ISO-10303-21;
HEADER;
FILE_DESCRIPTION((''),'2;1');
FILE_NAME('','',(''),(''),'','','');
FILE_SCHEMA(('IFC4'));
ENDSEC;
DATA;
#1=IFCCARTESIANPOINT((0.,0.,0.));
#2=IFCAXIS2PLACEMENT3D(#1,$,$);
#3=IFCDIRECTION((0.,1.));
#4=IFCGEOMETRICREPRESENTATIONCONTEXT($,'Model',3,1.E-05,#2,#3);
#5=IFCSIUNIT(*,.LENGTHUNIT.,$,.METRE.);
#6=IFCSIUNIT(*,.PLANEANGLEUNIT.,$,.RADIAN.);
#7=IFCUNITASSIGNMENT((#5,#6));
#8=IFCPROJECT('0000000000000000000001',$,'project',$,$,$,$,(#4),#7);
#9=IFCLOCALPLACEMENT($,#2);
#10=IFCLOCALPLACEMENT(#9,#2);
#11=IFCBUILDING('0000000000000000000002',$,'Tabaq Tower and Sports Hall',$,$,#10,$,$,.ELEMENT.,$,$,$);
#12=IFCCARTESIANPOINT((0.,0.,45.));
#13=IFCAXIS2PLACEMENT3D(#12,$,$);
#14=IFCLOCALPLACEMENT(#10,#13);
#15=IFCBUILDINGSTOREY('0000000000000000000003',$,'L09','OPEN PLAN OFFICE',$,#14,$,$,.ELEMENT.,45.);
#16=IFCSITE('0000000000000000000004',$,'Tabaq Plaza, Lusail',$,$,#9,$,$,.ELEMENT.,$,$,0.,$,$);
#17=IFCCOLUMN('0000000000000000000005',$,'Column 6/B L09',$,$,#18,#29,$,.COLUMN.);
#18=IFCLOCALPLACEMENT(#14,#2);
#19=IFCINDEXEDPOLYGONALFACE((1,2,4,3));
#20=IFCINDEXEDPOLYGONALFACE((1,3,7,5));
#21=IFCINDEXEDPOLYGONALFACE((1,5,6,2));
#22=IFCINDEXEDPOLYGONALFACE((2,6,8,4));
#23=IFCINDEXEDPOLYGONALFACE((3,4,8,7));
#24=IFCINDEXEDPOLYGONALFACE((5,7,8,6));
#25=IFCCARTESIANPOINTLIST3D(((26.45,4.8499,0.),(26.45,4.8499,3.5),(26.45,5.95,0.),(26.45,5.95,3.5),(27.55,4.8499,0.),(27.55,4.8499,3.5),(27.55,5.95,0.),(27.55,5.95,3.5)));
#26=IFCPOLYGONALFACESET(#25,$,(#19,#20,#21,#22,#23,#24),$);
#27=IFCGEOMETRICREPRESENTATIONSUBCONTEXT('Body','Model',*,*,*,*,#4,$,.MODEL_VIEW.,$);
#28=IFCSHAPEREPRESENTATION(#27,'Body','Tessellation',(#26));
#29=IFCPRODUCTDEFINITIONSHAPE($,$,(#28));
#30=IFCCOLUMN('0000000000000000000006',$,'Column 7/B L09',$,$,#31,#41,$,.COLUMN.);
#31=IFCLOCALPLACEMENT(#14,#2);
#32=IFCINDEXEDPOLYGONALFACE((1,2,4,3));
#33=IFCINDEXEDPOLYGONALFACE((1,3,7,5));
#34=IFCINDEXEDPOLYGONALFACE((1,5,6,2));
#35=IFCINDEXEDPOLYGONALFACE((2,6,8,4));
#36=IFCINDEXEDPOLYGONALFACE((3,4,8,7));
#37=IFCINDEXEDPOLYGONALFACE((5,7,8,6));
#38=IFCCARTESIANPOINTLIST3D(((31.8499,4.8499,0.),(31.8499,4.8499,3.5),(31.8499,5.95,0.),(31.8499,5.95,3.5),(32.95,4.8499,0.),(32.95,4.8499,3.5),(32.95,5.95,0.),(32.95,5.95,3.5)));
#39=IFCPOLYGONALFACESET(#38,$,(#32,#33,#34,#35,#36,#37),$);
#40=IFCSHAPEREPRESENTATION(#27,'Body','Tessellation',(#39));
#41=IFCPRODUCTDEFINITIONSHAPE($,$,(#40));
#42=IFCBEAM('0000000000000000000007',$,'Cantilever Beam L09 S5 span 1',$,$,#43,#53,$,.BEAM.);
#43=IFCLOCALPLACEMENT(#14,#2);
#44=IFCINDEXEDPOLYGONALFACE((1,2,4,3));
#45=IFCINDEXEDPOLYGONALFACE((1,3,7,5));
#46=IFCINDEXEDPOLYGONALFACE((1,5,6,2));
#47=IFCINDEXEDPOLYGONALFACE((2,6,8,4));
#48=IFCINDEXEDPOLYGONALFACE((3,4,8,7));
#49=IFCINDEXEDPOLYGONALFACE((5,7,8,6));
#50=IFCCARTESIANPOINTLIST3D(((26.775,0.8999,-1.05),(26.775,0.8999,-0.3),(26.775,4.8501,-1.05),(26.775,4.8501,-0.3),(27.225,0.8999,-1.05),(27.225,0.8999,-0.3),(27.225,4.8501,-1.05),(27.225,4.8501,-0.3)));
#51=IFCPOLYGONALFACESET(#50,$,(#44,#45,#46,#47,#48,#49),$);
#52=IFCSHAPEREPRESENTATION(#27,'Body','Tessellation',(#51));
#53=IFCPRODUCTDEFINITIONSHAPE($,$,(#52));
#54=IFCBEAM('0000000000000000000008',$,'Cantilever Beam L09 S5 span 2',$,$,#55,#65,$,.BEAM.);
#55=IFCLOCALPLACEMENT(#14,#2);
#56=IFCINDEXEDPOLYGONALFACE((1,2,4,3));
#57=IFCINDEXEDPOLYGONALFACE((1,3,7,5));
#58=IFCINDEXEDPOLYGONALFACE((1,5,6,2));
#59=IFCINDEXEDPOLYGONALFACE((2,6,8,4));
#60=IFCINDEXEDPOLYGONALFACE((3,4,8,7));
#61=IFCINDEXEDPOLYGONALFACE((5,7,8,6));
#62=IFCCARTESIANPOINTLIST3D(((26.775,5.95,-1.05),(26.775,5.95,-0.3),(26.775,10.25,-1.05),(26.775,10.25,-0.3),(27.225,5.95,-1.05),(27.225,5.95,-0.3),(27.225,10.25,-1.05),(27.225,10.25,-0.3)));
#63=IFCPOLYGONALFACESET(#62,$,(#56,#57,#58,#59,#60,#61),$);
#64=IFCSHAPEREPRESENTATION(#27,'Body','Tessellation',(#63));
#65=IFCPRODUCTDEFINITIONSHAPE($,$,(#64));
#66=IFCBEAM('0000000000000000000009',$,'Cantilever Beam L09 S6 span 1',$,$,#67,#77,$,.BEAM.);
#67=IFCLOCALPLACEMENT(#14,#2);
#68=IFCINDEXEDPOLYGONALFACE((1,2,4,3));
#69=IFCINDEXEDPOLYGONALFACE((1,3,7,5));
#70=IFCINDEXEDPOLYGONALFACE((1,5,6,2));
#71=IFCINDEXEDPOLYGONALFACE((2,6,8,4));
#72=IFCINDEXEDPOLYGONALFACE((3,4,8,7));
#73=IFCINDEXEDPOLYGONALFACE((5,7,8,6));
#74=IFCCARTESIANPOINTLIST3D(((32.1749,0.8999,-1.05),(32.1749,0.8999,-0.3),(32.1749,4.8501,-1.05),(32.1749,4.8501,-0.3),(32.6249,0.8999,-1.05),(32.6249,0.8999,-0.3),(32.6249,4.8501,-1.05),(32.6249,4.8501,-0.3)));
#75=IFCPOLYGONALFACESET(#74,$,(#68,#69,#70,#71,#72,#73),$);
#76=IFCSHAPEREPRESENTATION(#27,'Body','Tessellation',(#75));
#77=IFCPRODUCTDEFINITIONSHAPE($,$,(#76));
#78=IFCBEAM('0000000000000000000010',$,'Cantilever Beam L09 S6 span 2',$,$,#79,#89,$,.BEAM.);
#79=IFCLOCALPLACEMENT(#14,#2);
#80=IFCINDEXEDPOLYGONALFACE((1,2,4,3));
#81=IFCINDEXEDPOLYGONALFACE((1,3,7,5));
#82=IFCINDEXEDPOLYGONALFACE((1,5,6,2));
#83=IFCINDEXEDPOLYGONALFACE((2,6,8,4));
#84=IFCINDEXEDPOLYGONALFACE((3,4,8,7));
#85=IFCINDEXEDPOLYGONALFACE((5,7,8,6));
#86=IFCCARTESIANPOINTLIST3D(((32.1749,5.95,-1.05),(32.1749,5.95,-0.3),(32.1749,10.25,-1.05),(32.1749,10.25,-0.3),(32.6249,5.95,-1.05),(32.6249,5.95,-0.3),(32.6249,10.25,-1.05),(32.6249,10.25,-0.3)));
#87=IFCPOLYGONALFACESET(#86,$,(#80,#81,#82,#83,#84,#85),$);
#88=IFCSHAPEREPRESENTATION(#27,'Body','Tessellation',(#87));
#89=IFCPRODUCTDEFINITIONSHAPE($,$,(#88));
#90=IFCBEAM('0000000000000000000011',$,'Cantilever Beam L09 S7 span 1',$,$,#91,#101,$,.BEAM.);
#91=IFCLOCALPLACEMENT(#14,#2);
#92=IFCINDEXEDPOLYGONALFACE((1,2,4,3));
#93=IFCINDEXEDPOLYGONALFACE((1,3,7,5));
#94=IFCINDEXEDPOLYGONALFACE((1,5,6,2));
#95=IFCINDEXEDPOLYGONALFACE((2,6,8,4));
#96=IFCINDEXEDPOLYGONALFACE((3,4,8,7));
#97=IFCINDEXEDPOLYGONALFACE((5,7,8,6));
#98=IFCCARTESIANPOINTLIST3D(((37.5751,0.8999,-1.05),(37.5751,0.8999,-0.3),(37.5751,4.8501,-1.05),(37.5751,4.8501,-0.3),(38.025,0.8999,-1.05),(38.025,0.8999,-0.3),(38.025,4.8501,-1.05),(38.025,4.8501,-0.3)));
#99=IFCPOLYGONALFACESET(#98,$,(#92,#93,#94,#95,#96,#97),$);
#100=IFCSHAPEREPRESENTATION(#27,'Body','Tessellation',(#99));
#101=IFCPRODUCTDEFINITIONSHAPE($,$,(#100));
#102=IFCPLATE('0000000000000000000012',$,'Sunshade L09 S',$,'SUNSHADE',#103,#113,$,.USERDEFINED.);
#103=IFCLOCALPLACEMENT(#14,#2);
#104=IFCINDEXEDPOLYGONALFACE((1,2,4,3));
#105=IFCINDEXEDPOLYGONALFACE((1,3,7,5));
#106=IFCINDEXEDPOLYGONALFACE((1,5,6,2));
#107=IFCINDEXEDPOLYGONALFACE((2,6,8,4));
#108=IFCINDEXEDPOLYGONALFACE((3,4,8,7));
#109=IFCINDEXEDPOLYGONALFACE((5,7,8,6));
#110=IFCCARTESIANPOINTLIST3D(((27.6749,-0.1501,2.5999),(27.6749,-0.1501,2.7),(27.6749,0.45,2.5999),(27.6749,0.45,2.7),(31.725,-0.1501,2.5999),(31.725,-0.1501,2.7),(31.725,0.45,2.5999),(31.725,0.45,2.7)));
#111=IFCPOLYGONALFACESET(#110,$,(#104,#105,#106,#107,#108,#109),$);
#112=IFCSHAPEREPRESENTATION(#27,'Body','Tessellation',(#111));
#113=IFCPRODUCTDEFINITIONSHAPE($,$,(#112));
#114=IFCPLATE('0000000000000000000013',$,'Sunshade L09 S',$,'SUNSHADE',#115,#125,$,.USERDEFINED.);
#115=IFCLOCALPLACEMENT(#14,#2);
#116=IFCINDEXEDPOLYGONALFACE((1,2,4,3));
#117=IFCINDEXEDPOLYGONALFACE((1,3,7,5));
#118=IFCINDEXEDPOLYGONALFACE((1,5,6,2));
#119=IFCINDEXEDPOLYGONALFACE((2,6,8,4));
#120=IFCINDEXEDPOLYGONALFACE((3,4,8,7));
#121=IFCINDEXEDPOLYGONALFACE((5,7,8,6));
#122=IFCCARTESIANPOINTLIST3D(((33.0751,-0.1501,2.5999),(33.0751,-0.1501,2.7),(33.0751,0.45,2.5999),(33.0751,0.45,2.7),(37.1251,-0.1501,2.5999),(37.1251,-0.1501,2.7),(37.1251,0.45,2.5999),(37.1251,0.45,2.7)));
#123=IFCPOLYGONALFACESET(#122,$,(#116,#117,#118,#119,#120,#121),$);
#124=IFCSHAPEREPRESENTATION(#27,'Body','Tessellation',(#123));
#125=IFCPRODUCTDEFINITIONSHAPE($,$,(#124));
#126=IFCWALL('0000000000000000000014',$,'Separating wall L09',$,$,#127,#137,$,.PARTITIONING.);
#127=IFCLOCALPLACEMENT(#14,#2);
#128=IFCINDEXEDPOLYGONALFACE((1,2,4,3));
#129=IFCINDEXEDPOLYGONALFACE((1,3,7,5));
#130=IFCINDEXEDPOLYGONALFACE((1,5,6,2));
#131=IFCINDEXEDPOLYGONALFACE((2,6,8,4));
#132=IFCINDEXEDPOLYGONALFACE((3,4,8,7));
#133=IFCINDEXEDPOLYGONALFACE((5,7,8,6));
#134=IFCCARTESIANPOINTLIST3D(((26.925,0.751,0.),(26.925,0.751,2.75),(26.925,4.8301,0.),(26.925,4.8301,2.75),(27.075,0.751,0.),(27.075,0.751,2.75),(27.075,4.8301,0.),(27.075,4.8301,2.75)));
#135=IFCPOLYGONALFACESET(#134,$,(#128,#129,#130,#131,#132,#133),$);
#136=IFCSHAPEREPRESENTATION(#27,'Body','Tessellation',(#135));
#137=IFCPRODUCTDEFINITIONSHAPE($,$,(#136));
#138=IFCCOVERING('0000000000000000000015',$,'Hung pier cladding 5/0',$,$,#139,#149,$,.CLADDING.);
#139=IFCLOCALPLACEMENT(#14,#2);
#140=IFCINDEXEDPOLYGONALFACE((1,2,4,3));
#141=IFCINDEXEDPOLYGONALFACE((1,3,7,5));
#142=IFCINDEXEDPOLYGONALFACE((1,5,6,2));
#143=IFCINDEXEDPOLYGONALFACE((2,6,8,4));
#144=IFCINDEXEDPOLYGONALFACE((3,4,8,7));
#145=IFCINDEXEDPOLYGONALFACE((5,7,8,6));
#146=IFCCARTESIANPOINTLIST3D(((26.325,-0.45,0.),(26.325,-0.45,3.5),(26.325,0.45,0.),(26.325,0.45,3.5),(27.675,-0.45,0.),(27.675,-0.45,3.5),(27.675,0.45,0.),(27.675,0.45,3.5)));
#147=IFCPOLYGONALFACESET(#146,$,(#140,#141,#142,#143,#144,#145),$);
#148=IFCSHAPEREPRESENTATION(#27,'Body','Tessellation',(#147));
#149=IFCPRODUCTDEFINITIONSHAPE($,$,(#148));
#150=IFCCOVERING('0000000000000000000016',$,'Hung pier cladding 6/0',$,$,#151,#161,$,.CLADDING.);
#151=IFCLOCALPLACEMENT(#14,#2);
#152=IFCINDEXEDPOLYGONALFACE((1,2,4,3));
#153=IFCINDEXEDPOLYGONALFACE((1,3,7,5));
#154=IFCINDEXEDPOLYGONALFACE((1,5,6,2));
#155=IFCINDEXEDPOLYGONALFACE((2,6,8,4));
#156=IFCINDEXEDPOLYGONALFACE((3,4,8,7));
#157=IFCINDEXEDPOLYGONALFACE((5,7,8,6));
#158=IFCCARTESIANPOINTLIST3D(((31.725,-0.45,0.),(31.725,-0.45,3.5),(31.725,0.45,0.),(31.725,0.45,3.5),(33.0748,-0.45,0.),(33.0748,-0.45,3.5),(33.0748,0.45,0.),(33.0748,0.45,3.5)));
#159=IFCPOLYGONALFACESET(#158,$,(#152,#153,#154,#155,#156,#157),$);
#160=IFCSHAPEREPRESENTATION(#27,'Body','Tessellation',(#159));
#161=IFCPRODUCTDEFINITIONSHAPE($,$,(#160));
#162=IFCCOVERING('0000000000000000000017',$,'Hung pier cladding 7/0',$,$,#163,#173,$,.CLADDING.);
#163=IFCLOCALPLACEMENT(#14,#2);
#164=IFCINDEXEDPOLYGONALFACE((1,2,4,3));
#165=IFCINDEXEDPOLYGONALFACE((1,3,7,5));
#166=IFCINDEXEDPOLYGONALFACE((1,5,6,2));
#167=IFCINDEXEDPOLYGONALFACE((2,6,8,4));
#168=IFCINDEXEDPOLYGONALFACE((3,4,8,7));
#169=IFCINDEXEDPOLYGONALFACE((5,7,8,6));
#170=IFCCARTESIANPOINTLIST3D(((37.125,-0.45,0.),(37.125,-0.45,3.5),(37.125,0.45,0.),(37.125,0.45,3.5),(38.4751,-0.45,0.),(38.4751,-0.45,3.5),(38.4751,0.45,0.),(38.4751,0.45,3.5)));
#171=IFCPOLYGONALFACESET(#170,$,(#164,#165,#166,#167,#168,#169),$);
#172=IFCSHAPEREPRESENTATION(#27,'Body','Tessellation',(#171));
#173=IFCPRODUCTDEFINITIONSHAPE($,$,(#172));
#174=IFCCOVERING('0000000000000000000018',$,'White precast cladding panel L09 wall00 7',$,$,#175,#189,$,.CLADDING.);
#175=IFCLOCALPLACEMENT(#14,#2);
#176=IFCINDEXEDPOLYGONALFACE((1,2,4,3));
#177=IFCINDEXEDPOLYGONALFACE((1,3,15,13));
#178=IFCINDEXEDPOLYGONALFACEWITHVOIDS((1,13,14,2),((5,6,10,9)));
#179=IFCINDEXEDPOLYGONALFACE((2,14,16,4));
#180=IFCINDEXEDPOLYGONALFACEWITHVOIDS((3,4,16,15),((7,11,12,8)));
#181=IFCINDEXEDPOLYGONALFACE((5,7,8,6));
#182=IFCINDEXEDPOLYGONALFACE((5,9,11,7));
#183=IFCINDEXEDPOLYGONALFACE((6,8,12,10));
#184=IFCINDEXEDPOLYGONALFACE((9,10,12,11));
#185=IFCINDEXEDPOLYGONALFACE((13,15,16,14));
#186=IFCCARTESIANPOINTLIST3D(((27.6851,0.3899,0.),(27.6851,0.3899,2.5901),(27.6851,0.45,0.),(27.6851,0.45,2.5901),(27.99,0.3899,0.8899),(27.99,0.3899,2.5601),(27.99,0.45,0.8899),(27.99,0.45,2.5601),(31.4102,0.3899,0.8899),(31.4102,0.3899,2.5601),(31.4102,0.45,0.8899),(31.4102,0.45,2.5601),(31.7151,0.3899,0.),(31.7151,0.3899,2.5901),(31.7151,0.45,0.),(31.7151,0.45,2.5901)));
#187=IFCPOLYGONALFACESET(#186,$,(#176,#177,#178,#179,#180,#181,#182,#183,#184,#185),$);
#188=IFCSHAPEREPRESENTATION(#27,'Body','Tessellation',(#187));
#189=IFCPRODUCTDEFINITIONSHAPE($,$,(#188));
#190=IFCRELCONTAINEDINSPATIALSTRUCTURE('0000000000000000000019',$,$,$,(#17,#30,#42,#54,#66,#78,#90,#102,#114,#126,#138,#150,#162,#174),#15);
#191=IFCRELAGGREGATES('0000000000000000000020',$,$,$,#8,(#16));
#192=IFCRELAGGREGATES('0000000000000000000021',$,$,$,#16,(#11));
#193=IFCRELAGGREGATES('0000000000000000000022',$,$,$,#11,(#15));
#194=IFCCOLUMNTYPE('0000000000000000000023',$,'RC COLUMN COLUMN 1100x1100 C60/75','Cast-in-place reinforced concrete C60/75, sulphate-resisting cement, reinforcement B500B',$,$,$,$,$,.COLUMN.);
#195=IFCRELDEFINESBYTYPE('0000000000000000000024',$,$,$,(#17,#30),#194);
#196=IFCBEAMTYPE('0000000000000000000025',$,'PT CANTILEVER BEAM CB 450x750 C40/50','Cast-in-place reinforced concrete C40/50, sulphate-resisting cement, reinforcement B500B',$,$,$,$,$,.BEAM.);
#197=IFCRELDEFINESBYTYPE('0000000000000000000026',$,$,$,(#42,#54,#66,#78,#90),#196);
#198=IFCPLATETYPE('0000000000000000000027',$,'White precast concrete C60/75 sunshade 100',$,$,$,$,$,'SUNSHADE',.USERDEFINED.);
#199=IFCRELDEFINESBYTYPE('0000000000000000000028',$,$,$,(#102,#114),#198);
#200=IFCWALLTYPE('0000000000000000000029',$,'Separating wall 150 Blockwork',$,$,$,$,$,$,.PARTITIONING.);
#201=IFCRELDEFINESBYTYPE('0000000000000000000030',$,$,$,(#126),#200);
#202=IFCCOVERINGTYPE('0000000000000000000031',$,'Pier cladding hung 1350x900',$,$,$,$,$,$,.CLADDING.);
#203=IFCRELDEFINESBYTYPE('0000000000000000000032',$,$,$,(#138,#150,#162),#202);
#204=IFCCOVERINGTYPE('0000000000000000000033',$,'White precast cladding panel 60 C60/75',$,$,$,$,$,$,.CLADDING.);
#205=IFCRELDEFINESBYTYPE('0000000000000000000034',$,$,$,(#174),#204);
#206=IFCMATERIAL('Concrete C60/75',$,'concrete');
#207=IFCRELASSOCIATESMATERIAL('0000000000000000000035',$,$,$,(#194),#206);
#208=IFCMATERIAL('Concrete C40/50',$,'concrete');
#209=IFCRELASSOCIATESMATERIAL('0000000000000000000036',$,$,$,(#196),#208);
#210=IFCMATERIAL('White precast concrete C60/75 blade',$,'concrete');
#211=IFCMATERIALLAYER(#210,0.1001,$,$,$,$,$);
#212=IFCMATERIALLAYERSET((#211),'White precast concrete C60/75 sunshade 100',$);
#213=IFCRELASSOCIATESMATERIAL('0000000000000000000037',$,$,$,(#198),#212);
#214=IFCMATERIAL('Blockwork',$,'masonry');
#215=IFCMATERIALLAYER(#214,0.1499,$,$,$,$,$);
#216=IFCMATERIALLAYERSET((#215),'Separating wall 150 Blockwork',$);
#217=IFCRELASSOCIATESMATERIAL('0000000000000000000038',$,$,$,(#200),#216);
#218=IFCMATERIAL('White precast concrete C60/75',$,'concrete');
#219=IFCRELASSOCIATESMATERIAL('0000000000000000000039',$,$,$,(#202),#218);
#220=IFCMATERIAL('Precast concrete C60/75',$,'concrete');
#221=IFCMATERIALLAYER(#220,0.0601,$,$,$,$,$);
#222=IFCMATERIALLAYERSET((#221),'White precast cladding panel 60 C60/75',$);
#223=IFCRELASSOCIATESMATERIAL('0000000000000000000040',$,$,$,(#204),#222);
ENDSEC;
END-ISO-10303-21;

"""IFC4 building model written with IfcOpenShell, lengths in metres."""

from ifc_helpers import new_model, si_unit, direction, frame, frame_2d, origin, origin_2d, place, context, subcontext, project, spatial, polyline, rectangle, outline, extrude, material, layer, layer_set, material_profile, profile_set, type_object, element, save


model = new_model("IFC4")

# Units and contexts
model_context = context("Model", 3, precision=1e-05, world=origin(), true_north=direction((0.0, 1.0)))
body_context = subcontext(model_context, "Body", "Model", "MODEL_VIEW")
ifc_project = project(units=[si_unit("LENGTHUNIT", "METRE"), si_unit("PLANEANGLEUNIT", "RADIAN")], contexts=[model_context])

# Site, building, storey
site_placement = place(None, origin())
site = spatial("IfcSite", under=ifc_project, at=site_placement, Name="Tabaq Plaza, Lusail", CompositionType="ELEMENT", RefElevation=0.0)
building_placement = place(site_placement, origin())
building = spatial("IfcBuilding", under=site, at=building_placement, Name="Tabaq Tower and Sports Hall", CompositionType="ELEMENT")
storey_placement = place(building_placement, frame((0.0, 0.0, 45.0)))
storey = spatial("IfcBuildingStorey", under=building, at=storey_placement, Name="L09", Description="OPEN PLAN OFFICE", CompositionType="ELEMENT", Elevation=45.0)

# Columns
ifc_material_1 = material(Name="Concrete C60/75", Category="concrete")
ifc_material_profile_1 = material_profile(ifc_material_1, rectangle(XDim=1.1001, YDim=1.1001, at=origin_2d()), Name="COLUMN 1100x1100")
ifc_profile_set_1 = profile_set([ifc_material_profile_1], Name="Concrete C60/75")
column_type = type_object("IfcColumnType", Name="RC COLUMN COLUMN 1100x1100 C60/75", Description="Cast-in-place reinforced concrete C60/75, sulphate-resisting cement, reinforcement B500B", PredefinedType="COLUMN", material=ifc_profile_set_1)
for number, where, z_axis, x_axis, name in (
    (1, (27.0, 5.3999, 0.0), (0.0, 0.0, 1.0), (1.0, 0.0, 0.0), "Column 6/B L09"),
    (2, (32.3999, 5.3999, 0.0), (0.0, 0.0, 1.0), (1.0, 0.0, 0.0), "Column 7/B L09"),
):
    element("IfcColumn", number, at=place(storey_placement, frame(where, z_axis=z_axis, x_axis=x_axis)), inside=storey, type_object=column_type, Name=name, PredefinedType="COLUMN", context=body_context, shape_type="SweptSolid", body=[
        extrude(rectangle(XDim=1.1001, YDim=1.1001, at=origin_2d()), origin(), (0.0, 0.0, 1.0), 3.5),
    ])

# Beams
ifc_material_2 = material(Name="Concrete C40/50", Category="concrete")
ifc_material_profile_2 = material_profile(ifc_material_2, rectangle(XDim=0.45, YDim=0.75, at=origin_2d()), Name="CB 450x750")
ifc_profile_set_2 = profile_set([ifc_material_profile_2], Name="Concrete C40/50")
beam_type = type_object("IfcBeamType", Name="PT CANTILEVER BEAM CB 450x750 C40/50", Description="Cast-in-place reinforced concrete C40/50, sulphate-resisting cement, reinforcement B500B", PredefinedType="BEAM", material=ifc_profile_set_2)
beam_1_placement = place(storey_placement, frame((27.0, 0.8999, -0.675), z_axis=(0.0, 1.0, 0.0), x_axis=(-1.0, 0.0, 0.0)))
element("IfcBeam", 3, at=beam_1_placement, inside=storey, type_object=beam_type, Name="Cantilever Beam L09 S5 span 1", PredefinedType="BEAM", context=body_context, shape_type="SweptSolid", body=[
    extrude(rectangle(XDim=0.45, YDim=0.75, at=origin_2d()), origin(), (0.0, 0.0, 1.0), 3.9502),
])
beam_2_placement = place(storey_placement, frame((27.0, 5.95, -0.675), z_axis=(0.0, 1.0, 0.0), x_axis=(-1.0, 0.0, 0.0)))
element("IfcBeam", 4, at=beam_2_placement, inside=storey, type_object=beam_type, Name="Cantilever Beam L09 S5 span 2", PredefinedType="BEAM", context=body_context, shape_type="SweptSolid", body=[
    extrude(rectangle(XDim=0.45, YDim=0.75, at=origin_2d()), origin(), (0.0, 0.0, 1.0), 4.3),
])
beam_3_placement = place(storey_placement, frame((32.3999, 0.8999, -0.675), z_axis=(0.0, 1.0, 0.0), x_axis=(-1.0, 0.0, 0.0)))
element("IfcBeam", 5, at=beam_3_placement, inside=storey, type_object=beam_type, Name="Cantilever Beam L09 S6 span 1", PredefinedType="BEAM", context=body_context, shape_type="SweptSolid", body=[
    extrude(rectangle(XDim=0.45, YDim=0.75, at=origin_2d()), origin(), (0.0, 0.0, 1.0), 3.9502),
])
beam_4_placement = place(storey_placement, frame((32.3999, 5.95, -0.675), z_axis=(0.0, 1.0, 0.0), x_axis=(-1.0, 0.0, 0.0)))
element("IfcBeam", 6, at=beam_4_placement, inside=storey, type_object=beam_type, Name="Cantilever Beam L09 S6 span 2", PredefinedType="BEAM", context=body_context, shape_type="SweptSolid", body=[
    extrude(rectangle(XDim=0.45, YDim=0.75, at=origin_2d()), origin(), (0.0, 0.0, 1.0), 4.3),
])
beam_5_placement = place(storey_placement, frame((37.8, 0.8999, -0.675), z_axis=(0.0, 1.0, 0.0), x_axis=(-1.0, 0.0, 0.0)))
element("IfcBeam", 7, at=beam_5_placement, inside=storey, type_object=beam_type, Name="Cantilever Beam L09 S7 span 1", PredefinedType="BEAM", context=body_context, shape_type="SweptSolid", body=[
    extrude(rectangle(XDim=0.45, YDim=0.75, at=origin_2d()), origin(), (0.0, 0.0, 1.0), 3.9502),
])

# Plates
ifc_material_3 = material(Name="White precast concrete C60/75 blade", Category="concrete")
ifc_layer_1 = layer(ifc_material_3, 0.1001)
ifc_layer_set_1 = layer_set([ifc_layer_1], Name="White precast concrete C60/75 sunshade 100")
plate_type = type_object("IfcPlateType", Name="White precast concrete C60/75 sunshade 100", ElementType="SUNSHADE", PredefinedType="USERDEFINED", material=ifc_layer_set_1)
for number, where, z_axis, x_axis, name in (
    (8, (29.7, 0.1499, 2.5999), (0.0, 0.0, 1.0), (1.0, 0.0, 0.0), "Sunshade L09 S"),
    (9, (35.1001, 0.1499, 2.5999), (0.0, 0.0, 1.0), (1.0, 0.0, 0.0), "Sunshade L09 S"),
):
    element("IfcPlate", number, at=place(storey_placement, frame(where, z_axis=z_axis, x_axis=x_axis)), inside=storey, type_object=plate_type, Name=name, ObjectType="SUNSHADE", PredefinedType="USERDEFINED", context=body_context, shape_type="SweptSolid", body=[
        extrude(rectangle(XDim=4.05, YDim=0.6001, at=origin_2d()), origin(), (0.0, 0.0, 1.0), 0.1001),
    ])

# Wall
ifc_material_4 = material(Name="Blockwork", Category="masonry")
ifc_layer_2 = layer(ifc_material_4, 0.1499)
ifc_layer_set_2 = layer_set([ifc_layer_2], Name="Separating wall 150 Blockwork")
wall_type = type_object("IfcWallType", Name="Separating wall 150 Blockwork", PredefinedType="PARTITIONING", material=ifc_layer_set_2)
wall_placement = place(storey_placement, frame((27.0, 0.751, 0.0), z_axis=(0.0, 0.0, 1.0), x_axis=(0.0, 1.0, 0.0)))
element("IfcWall", 10, at=wall_placement, inside=storey, type_object=wall_type, Name="Separating wall L09", PredefinedType="PARTITIONING", context=body_context, shape_type="SweptSolid", body=[
    extrude(rectangle(XDim=4.0791, YDim=0.1499, at=frame_2d((2.0396, 0.0))), origin(), (0.0, 0.0, 1.0), 2.75),
])

# Coverings
ifc_material_5 = material(Name="White precast concrete C60/75", Category="concrete")
covering_type_1 = type_object("IfcCoveringType", Name="Pier cladding hung 1350x900", PredefinedType="CLADDING", material=ifc_material_5)
covering_1_placement = place(storey_placement, frame((26.325, 0.0, 0.0), z_axis=(0.0, 0.0, 1.0), x_axis=(1.0, 0.0, 0.0)))
element("IfcCovering", 11, at=covering_1_placement, inside=storey, type_object=covering_type_1, Name="Hung pier cladding 5/0", PredefinedType="CLADDING", context=body_context, shape_type="SweptSolid", body=[
    extrude(rectangle(XDim=1.3501, YDim=0.8999, at=frame_2d((0.675, 0.0))), origin(), (0.0, 0.0, 1.0), 3.5),
])
covering_2_placement = place(storey_placement, frame((31.7251, 0.0, 0.0), z_axis=(0.0, 0.0, 1.0), x_axis=(1.0, 0.0, 0.0)))
element("IfcCovering", 12, at=covering_2_placement, inside=storey, type_object=covering_type_1, Name="Hung pier cladding 6/0", PredefinedType="CLADDING", context=body_context, shape_type="SweptSolid", body=[
    extrude(rectangle(XDim=1.3499, YDim=0.8999, at=frame_2d((0.6748, 0.0))), origin(), (0.0, 0.0, 1.0), 3.5),
])
covering_3_placement = place(storey_placement, frame((37.125, 0.0, 0.0), z_axis=(0.0, 0.0, 1.0), x_axis=(1.0, 0.0, 0.0)))
element("IfcCovering", 13, at=covering_3_placement, inside=storey, type_object=covering_type_1, Name="Hung pier cladding 7/0", PredefinedType="CLADDING", context=body_context, shape_type="SweptSolid", body=[
    extrude(rectangle(XDim=1.3501, YDim=0.8999, at=frame_2d((0.675, 0.0))), origin(), (0.0, 0.0, 1.0), 3.5),
])
ifc_material_6 = material(Name="Precast concrete C60/75", Category="concrete")
ifc_layer_3 = layer(ifc_material_6, 0.0601)
ifc_layer_set_3 = layer_set([ifc_layer_3], Name="White precast cladding panel 60 C60/75")
covering_type_2 = type_object("IfcCoveringType", Name="White precast cladding panel 60 C60/75", PredefinedType="CLADDING", material=ifc_layer_set_3)
covering_4_placement = place(storey_placement, frame((27.6851, 0.4199, 0.0), z_axis=(0.0, 0.0, 1.0), x_axis=(1.0, 0.0, 0.0)))
element("IfcCovering", 14, at=covering_4_placement, inside=storey, type_object=covering_type_2, Name="White precast cladding panel L09 wall00 7", PredefinedType="CLADDING", context=body_context, shape_type="SweptSolid", body=[
    extrude(outline(polyline([(0.0, 0.0), (4.03, 0.0), (4.03, 2.5901), (0.0, 2.5901), (0.0, 0.0)]), holes=[polyline([(3.7251, 0.8899), (0.3049, 0.8899), (0.3049, 2.5601), (3.7251, 2.5601), (3.7251, 0.8899)])]), frame((0.0, 0.03, 0.0), z_axis=(0.0, -1.0, 0.0), x_axis=(1.0, 0.0, 0.0)), (0.0, 0.0, 1.0), 0.0601),
])

save(model, "model.ifc")
